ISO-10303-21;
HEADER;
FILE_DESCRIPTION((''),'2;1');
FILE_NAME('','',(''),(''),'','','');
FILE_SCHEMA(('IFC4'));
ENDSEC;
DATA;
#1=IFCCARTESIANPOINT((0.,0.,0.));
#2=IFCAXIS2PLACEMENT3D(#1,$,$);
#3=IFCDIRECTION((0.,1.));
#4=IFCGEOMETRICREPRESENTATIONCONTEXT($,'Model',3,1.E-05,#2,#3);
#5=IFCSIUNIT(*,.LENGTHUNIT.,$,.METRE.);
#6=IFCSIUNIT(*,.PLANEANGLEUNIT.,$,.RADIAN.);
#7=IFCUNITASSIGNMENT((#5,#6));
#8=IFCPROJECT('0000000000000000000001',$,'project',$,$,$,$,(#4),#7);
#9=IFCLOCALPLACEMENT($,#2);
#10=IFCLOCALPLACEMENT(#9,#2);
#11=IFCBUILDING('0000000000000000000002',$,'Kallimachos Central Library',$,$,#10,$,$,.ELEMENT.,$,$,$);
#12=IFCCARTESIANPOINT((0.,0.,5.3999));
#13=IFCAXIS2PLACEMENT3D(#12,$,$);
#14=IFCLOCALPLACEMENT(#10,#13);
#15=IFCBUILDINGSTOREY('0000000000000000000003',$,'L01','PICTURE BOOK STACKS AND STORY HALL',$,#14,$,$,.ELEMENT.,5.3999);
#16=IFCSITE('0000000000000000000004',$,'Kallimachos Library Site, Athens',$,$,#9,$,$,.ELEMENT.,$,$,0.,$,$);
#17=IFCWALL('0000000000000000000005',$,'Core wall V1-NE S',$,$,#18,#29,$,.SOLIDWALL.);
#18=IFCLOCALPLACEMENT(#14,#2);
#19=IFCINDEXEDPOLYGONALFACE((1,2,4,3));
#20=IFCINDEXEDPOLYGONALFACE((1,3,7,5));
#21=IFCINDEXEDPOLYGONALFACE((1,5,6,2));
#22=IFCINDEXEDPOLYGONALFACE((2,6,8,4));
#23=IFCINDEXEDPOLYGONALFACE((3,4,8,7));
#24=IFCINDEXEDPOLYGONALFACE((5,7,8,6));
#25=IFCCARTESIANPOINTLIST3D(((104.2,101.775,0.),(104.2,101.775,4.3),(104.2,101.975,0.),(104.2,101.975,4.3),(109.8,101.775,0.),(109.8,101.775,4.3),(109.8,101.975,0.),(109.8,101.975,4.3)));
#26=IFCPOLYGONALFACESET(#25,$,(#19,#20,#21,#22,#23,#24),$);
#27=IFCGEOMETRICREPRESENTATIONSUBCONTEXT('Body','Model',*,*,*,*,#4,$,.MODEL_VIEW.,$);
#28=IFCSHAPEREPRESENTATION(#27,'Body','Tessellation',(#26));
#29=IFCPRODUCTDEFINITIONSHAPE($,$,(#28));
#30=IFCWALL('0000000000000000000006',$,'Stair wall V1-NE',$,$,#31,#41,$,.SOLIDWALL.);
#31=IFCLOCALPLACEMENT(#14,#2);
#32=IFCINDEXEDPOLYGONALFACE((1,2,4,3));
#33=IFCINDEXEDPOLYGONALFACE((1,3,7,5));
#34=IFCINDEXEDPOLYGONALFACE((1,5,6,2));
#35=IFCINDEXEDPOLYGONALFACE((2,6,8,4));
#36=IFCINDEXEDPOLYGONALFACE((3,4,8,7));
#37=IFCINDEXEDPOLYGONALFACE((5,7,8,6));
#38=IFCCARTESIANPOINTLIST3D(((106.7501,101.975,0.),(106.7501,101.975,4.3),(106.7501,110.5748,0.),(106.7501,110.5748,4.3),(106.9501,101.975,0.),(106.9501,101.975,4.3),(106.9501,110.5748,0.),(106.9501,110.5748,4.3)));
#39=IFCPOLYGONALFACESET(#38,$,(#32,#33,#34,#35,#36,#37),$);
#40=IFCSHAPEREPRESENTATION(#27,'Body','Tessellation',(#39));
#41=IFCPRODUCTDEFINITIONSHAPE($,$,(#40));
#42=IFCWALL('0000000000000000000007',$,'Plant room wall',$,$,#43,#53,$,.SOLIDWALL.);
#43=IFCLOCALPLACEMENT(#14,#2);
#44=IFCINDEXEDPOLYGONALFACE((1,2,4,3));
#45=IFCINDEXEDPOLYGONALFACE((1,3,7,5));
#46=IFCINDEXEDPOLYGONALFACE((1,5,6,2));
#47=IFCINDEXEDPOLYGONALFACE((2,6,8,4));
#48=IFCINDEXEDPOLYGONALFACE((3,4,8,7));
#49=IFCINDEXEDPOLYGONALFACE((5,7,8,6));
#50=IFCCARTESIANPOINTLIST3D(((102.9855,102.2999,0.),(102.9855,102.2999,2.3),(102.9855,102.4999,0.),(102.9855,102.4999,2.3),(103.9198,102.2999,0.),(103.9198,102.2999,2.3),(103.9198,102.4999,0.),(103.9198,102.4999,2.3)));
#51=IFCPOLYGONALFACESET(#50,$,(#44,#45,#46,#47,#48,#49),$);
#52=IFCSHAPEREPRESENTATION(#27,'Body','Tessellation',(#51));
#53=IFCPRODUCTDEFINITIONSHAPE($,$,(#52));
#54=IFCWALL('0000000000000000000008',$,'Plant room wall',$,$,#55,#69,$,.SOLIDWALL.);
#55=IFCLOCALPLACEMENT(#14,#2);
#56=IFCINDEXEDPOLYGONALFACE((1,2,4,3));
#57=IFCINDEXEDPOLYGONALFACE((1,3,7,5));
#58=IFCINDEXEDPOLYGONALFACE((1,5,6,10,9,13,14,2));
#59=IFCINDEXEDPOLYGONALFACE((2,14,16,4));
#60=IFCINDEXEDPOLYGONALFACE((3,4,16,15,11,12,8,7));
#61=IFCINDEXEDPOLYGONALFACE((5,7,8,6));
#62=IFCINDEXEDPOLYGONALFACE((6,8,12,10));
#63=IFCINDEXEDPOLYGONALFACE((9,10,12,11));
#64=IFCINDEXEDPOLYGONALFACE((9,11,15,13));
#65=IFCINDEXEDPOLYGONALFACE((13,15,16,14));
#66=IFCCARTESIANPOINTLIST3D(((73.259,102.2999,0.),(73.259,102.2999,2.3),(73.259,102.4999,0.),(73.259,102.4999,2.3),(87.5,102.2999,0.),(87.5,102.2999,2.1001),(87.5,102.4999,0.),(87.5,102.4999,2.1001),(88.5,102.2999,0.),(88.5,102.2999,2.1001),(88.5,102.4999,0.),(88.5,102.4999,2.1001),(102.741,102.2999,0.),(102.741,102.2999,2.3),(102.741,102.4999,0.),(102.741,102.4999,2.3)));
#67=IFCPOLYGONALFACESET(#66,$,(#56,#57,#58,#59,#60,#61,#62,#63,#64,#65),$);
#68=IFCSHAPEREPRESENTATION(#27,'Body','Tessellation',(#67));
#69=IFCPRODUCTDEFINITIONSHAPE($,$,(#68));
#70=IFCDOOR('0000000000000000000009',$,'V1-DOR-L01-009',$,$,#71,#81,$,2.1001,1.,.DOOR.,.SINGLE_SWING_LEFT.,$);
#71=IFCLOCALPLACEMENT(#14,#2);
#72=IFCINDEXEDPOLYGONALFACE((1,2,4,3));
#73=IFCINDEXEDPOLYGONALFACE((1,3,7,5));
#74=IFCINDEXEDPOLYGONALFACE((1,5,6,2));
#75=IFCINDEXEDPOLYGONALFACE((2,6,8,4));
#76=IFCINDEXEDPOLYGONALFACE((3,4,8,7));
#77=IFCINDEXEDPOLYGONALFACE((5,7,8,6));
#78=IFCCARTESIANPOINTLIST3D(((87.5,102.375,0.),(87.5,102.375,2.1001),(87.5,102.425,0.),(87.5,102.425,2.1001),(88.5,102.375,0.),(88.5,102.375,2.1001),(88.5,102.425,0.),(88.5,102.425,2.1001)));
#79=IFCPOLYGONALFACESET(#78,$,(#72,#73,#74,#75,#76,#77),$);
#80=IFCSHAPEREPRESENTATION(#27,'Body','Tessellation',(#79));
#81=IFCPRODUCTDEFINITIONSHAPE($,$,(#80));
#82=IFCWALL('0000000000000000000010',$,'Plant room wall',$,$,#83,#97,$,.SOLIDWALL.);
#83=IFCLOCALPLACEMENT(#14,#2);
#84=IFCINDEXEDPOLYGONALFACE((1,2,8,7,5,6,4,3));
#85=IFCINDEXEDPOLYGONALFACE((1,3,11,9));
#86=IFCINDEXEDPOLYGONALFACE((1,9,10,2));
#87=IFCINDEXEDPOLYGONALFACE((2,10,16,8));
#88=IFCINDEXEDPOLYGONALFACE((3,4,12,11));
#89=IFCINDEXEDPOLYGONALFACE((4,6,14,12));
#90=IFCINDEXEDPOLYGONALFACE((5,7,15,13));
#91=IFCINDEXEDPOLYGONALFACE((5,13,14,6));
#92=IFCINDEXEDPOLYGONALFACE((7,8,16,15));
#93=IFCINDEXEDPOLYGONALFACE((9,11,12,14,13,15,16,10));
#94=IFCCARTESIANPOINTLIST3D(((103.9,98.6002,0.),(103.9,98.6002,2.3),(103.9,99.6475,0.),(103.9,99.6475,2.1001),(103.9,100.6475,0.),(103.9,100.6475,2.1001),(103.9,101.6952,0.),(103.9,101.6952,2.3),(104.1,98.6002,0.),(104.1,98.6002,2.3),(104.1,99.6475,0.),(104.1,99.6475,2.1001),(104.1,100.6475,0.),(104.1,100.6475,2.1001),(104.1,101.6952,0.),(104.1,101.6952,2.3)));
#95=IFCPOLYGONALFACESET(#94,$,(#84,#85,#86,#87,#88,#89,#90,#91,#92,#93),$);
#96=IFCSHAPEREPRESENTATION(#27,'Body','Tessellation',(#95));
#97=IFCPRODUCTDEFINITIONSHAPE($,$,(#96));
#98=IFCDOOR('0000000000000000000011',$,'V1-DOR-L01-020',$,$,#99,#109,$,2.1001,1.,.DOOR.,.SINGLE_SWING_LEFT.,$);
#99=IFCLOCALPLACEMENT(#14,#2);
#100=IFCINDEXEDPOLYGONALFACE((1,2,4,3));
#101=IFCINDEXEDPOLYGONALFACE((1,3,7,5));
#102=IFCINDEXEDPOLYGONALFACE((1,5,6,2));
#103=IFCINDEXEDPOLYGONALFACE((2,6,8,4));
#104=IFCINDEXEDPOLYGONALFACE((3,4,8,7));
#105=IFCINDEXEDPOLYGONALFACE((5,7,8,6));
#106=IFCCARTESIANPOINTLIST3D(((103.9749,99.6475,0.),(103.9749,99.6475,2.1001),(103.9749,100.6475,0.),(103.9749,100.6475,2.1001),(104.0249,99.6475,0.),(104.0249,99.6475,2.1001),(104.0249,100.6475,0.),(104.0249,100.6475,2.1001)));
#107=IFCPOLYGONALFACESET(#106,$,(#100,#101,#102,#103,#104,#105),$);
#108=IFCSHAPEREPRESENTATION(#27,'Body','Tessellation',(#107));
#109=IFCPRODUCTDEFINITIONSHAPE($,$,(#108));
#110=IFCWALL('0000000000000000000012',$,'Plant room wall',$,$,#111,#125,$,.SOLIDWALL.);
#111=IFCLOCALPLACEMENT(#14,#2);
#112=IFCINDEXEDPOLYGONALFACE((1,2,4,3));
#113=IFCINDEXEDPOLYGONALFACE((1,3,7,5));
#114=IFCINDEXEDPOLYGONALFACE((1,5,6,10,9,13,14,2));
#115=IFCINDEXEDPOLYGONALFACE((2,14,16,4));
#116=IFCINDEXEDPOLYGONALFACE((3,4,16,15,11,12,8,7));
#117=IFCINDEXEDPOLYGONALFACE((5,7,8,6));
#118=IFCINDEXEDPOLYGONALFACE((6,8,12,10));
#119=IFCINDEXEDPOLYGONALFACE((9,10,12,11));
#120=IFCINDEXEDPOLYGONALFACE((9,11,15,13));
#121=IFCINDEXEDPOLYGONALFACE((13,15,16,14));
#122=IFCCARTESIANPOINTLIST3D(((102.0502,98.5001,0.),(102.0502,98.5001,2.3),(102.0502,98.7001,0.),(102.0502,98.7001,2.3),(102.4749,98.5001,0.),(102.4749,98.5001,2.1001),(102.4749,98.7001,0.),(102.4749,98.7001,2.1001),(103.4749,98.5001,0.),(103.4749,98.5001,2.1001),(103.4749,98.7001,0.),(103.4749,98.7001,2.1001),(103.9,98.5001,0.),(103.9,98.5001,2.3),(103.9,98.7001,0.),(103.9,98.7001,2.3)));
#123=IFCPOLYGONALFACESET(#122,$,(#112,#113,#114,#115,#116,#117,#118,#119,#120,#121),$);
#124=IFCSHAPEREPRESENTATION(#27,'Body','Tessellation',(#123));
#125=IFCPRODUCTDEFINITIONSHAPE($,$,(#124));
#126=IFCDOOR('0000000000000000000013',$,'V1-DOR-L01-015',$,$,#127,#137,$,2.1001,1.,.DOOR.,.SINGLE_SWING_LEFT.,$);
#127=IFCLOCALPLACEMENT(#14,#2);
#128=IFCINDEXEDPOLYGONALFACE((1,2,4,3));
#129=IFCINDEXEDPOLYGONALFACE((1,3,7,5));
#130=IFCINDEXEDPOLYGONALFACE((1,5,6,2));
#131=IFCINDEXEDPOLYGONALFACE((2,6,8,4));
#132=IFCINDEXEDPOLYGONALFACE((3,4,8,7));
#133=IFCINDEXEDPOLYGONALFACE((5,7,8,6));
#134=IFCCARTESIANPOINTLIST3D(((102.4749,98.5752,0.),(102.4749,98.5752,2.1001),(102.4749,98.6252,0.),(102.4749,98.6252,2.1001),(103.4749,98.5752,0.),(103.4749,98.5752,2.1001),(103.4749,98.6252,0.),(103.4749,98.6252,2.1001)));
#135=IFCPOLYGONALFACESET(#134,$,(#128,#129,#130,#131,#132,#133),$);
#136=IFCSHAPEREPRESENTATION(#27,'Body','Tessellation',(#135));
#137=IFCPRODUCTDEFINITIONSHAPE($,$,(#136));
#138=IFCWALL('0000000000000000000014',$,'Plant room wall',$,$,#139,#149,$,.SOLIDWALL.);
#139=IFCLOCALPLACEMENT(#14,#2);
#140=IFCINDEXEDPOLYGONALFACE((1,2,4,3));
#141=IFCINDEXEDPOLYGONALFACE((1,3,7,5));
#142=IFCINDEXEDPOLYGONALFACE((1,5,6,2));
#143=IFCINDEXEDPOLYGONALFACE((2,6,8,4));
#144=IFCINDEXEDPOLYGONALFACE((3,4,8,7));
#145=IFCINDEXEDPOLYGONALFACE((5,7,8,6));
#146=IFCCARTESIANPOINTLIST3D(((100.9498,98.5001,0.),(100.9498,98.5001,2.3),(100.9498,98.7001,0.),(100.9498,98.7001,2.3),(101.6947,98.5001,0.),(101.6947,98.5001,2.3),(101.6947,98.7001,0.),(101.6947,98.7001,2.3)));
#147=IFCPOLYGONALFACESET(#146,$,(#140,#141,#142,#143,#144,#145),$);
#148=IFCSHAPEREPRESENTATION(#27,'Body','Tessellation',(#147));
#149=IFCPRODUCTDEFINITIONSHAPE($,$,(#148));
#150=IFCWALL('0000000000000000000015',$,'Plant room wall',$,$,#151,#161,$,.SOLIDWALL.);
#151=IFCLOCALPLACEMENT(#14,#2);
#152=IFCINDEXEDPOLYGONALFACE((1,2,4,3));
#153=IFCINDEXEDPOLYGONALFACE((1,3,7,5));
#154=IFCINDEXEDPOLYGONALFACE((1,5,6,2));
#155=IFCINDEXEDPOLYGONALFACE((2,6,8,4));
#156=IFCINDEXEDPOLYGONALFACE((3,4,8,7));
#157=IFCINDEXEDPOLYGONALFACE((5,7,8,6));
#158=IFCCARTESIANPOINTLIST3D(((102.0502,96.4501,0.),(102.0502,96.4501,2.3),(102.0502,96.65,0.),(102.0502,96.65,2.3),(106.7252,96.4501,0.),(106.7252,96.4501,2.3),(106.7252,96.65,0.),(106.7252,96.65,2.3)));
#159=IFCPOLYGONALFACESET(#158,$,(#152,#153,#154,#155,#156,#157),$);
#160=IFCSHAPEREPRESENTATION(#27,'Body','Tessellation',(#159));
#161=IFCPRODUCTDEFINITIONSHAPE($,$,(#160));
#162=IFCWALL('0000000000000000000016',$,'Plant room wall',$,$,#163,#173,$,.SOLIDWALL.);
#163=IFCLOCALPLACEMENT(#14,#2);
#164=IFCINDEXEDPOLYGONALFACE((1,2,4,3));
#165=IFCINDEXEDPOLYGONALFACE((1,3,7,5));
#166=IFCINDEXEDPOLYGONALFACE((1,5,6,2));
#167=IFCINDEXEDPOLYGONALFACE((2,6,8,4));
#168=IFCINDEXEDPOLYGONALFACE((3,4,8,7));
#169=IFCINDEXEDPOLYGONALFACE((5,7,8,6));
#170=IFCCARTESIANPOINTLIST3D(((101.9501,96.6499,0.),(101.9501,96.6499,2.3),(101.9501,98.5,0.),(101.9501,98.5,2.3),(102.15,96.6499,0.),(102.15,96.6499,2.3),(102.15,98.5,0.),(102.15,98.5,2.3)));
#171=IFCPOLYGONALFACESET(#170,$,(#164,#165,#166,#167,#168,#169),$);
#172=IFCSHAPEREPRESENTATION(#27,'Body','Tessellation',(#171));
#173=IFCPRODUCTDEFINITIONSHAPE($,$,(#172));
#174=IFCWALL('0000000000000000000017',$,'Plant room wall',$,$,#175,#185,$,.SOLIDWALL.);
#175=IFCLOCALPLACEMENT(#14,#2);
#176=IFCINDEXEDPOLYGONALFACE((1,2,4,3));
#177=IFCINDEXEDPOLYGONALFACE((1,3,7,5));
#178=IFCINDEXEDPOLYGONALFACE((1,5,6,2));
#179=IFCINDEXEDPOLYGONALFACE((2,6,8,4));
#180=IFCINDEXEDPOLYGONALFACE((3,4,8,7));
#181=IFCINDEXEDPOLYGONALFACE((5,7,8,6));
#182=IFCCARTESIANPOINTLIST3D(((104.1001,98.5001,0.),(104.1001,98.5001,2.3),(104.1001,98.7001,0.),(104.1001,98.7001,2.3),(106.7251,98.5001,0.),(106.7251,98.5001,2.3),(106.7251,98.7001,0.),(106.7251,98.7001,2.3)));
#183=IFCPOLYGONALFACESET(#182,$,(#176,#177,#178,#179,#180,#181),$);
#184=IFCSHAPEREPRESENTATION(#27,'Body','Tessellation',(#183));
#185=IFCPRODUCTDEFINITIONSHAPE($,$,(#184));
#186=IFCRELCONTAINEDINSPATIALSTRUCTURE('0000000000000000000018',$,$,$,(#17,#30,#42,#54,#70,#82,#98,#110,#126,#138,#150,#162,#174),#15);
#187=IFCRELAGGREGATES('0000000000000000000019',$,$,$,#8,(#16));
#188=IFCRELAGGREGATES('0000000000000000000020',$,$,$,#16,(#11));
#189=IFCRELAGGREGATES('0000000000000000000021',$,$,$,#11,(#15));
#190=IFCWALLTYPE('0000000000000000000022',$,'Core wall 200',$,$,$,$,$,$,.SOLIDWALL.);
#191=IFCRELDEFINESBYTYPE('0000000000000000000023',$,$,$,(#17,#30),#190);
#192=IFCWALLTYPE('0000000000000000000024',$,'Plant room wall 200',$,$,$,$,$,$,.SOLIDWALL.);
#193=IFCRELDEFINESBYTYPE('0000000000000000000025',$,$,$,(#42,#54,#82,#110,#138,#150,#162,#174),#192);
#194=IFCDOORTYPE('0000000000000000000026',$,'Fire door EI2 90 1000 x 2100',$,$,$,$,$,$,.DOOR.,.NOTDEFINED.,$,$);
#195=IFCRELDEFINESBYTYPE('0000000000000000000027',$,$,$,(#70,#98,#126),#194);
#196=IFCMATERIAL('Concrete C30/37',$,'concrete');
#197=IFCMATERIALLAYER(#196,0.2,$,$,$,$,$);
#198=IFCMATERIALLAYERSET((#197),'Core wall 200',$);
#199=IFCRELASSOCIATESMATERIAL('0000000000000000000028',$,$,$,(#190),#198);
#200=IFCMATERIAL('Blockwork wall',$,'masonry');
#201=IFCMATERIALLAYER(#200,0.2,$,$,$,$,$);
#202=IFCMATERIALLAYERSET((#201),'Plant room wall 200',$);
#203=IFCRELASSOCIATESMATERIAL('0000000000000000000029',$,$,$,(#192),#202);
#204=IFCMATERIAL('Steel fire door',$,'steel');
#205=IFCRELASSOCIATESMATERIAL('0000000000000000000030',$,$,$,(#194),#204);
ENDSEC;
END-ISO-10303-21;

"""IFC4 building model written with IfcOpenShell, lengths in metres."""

from ifc_helpers import new_model, si_unit, direction, frame, frame_2d, origin, place, context, subcontext, project, spatial, rectangle, extrude, material, layer, layer_set, type_object, element, fill, save


model = new_model("IFC4")

# Units and contexts
model_context = context("Model", 3, precision=1e-05, world=origin(), true_north=direction((0.0, 1.0)))
body_context = subcontext(model_context, "Body", "Model", "MODEL_VIEW")
ifc_project = project(units=[si_unit("LENGTHUNIT", "METRE"), si_unit("PLANEANGLEUNIT", "RADIAN")], contexts=[model_context])

# Site, building, storey
site_placement = place(None, origin())
site = spatial("IfcSite", under=ifc_project, at=site_placement, Name="Kallimachos Library Site, Athens", CompositionType="ELEMENT", RefElevation=0.0)
building_placement = place(site_placement, origin())
building = spatial("IfcBuilding", under=site, at=building_placement, Name="Kallimachos Central Library", CompositionType="ELEMENT")
storey_placement = place(building_placement, frame((0.0, 0.0, 5.3999)))
storey = spatial("IfcBuildingStorey", under=building, at=storey_placement, Name="L01", Description="PICTURE BOOK STACKS AND STORY HALL", CompositionType="ELEMENT", Elevation=5.3999)

# Shared definitions
ifc_material_1 = material(Name="Concrete C30/37", Category="concrete")
ifc_layer_1 = layer(ifc_material_1, 0.2)
ifc_layer_set_1 = layer_set([ifc_layer_1], Name="Core wall 200")
wall_type_1 = type_object("IfcWallType", Name="Core wall 200", PredefinedType="SOLIDWALL", material=ifc_layer_set_1)

# Walls
wall_1_placement = place(storey_placement, frame((104.2, 101.875, 0.0), z_axis=(0.0, 0.0, 1.0), x_axis=(1.0, 0.0, 0.0)))
element("IfcWall", 1, at=wall_1_placement, inside=storey, type_object=wall_type_1, Name="Core wall V1-NE S", PredefinedType="SOLIDWALL", context=body_context, shape_type="SweptSolid", body=[
    extrude(rectangle(XDim=5.6001, YDim=0.2, at=frame_2d((2.8, 0.0))), origin(), (0.0, 0.0, 1.0), 4.3),
])
wall_2_placement = place(storey_placement, frame((106.8501, 101.9751, 0.0), z_axis=(0.0, 0.0, 1.0), x_axis=(0.0, 1.0, 0.0)))
element("IfcWall", 2, at=wall_2_placement, inside=storey, type_object=wall_type_1, Name="Stair wall V1-NE", PredefinedType="SOLIDWALL", context=body_context, shape_type="SweptSolid", body=[
    extrude(rectangle(XDim=8.5999, YDim=0.2, at=frame_2d((4.2998, 0.0))), origin(), (0.0, 0.0, 1.0), 4.3),
])
ifc_material_2 = material(Name="Blockwork wall", Category="masonry")
ifc_layer_2 = layer(ifc_material_2, 0.2)
ifc_layer_set_2 = layer_set([ifc_layer_2], Name="Plant room wall 200")
wall_type_2 = type_object("IfcWallType", Name="Plant room wall 200", PredefinedType="SOLIDWALL", material=ifc_layer_set_2)
wall_3_placement = place(storey_placement, frame((103.9199, 102.3999, 0.0), z_axis=(0.0, 0.0, 1.0), x_axis=(-1.0, 0.0, 0.0)))
element("IfcWall", 3, at=wall_3_placement, inside=storey, type_object=wall_type_2, Name="Plant room wall", PredefinedType="SOLIDWALL", context=body_context, shape_type="SweptSolid", body=[
    extrude(rectangle(XDim=0.9343, YDim=0.2, at=frame_2d((0.4673, 0.0))), origin(), (0.0, 0.0, 1.0), 2.3),
])

# Walls, openings, doors
wall_4_placement = place(storey_placement, frame((102.741, 102.3999, 0.0), z_axis=(0.0, 0.0, 1.0), x_axis=(-1.0, 0.0, 0.0)))
wall_4 = element("IfcWall", 4, at=wall_4_placement, inside=storey, type_object=wall_type_2, Name="Plant room wall", PredefinedType="SOLIDWALL", context=body_context, shape_type="SweptSolid", body=[
    extrude(rectangle(XDim=29.4819, YDim=0.2, at=frame_2d((14.741, 0.0))), origin(), (0.0, 0.0, 1.0), 2.3),
])
opening_1_placement = place(wall_4_placement, frame((14.241, 0.0, 0.0)))
opening_1 = element("IfcOpeningElement", 5, at=opening_1_placement, cuts=wall_4, PredefinedType="OPENING", context=body_context, shape_type="SweptSolid", body=[
    extrude(rectangle(XDim=1.0, YDim=2.1001, at=frame_2d((0.5, 1.05))), frame((0.0, 0.1099, 0.0), z_axis=(0.0, -1.0, 0.0), x_axis=(1.0, 0.0, 0.0)), (0.0, 0.0, 1.0), 0.22),
])
ifc_material_3 = material(Name="Steel fire door", Category="steel")
door_type_1 = type_object("IfcDoorType", Name="Fire door EI2 90 1000 x 2100", OperationType="NOTDEFINED", PredefinedType="DOOR", material=ifc_material_3)
door_1_placement = place(opening_1_placement, origin())
door_1 = element("IfcDoor", 6, at=door_1_placement, inside=storey, type_object=door_type_1, Name="V1-DOR-L01-009", OperationType="SINGLE_SWING_LEFT", OverallHeight=2.1001, OverallWidth=1.0, PredefinedType="DOOR", context=body_context, shape_type="SweptSolid", body=[
    extrude(rectangle(XDim=1.0, YDim=2.1001, at=frame_2d((0.5, 1.05))), frame((0.0, 0.0249, 0.0), z_axis=(0.0, -1.0, 0.0), x_axis=(1.0, 0.0, 0.0)), (0.0, 0.0, 1.0), 0.05),
])
fill(opening_1, door_1)
wall_5_placement = place(storey_placement, frame((104.0, 101.6951, 0.0), z_axis=(0.0, 0.0, 1.0), x_axis=(0.0, -1.0, 0.0)))
wall_5 = element("IfcWall", 7, at=wall_5_placement, inside=storey, type_object=wall_type_2, Name="Plant room wall", PredefinedType="SOLIDWALL", context=body_context, shape_type="SweptSolid", body=[
    extrude(rectangle(XDim=3.095, YDim=0.2, at=frame_2d((1.5474, 0.0))), origin(), (0.0, 0.0, 1.0), 2.3),
])
opening_2_placement = place(wall_5_placement, frame((1.0476, 0.0, 0.0)))
opening_2 = element("IfcOpeningElement", 8, at=opening_2_placement, cuts=wall_5, PredefinedType="OPENING", context=body_context, shape_type="SweptSolid", body=[
    extrude(rectangle(XDim=1.0, YDim=2.1001, at=frame_2d((0.5, 1.05))), frame((0.0, 0.1099, 0.0), z_axis=(0.0, -1.0, 0.0), x_axis=(1.0, 0.0, 0.0)), (0.0, 0.0, 1.0), 0.22),
])
door_2_placement = place(opening_2_placement, origin())
door_2 = element("IfcDoor", 9, at=door_2_placement, inside=storey, type_object=door_type_1, Name="V1-DOR-L01-020", OperationType="SINGLE_SWING_LEFT", OverallHeight=2.1001, OverallWidth=1.0, PredefinedType="DOOR", context=body_context, shape_type="SweptSolid", body=[
    extrude(rectangle(XDim=1.0, YDim=2.1001, at=frame_2d((0.5, 1.05))), frame((0.0, 0.0249, 0.0), z_axis=(0.0, -1.0, 0.0), x_axis=(1.0, 0.0, 0.0)), (0.0, 0.0, 1.0), 0.05),
])
fill(opening_2, door_2)
wall_6_placement = place(storey_placement, frame((103.8999, 98.6001, 0.0), z_axis=(0.0, 0.0, 1.0), x_axis=(-1.0, 0.0, 0.0)))
wall_6 = element("IfcWall", 10, at=wall_6_placement, inside=storey, type_object=wall_type_2, Name="Plant room wall", PredefinedType="SOLIDWALL", context=body_context, shape_type="SweptSolid", body=[
    extrude(rectangle(XDim=1.8499, YDim=0.2, at=frame_2d((0.9248, 0.0))), origin(), (0.0, 0.0, 1.0), 2.3),
])
opening_3_placement = place(wall_6_placement, frame((0.425, 0.0, 0.0)))
opening_3 = element("IfcOpeningElement", 11, at=opening_3_placement, cuts=wall_6, PredefinedType="OPENING", context=body_context, shape_type="SweptSolid", body=[
    extrude(rectangle(XDim=1.0, YDim=2.1001, at=frame_2d((0.5, 1.05))), frame((0.0, 0.1099, 0.0), z_axis=(0.0, -1.0, 0.0), x_axis=(1.0, 0.0, 0.0)), (0.0, 0.0, 1.0), 0.22),
])
door_3_placement = place(opening_3_placement, origin())
door_3 = element("IfcDoor", 12, at=door_3_placement, inside=storey, type_object=door_type_1, Name="V1-DOR-L01-015", OperationType="SINGLE_SWING_LEFT", OverallHeight=2.1001, OverallWidth=1.0, PredefinedType="DOOR", context=body_context, shape_type="SweptSolid", body=[
    extrude(rectangle(XDim=1.0, YDim=2.1001, at=frame_2d((0.5, 1.05))), frame((0.0, 0.0249, 0.0), z_axis=(0.0, -1.0, 0.0), x_axis=(1.0, 0.0, 0.0)), (0.0, 0.0, 1.0), 0.05),
])
fill(opening_3, door_3)

# Walls
wall_7_placement = place(storey_placement, frame((101.6948, 98.6001, 0.0), z_axis=(0.0, 0.0, 1.0), x_axis=(-1.0, 0.0, 0.0)))
element("IfcWall", 13, at=wall_7_placement, inside=storey, type_object=wall_type_2, Name="Plant room wall", PredefinedType="SOLIDWALL", context=body_context, shape_type="SweptSolid", body=[
    extrude(rectangle(XDim=0.7449, YDim=0.2, at=frame_2d((0.3726, 0.0))), origin(), (0.0, 0.0, 1.0), 2.3),
])
wall_8_placement = place(storey_placement, frame((106.7251, 96.55, 0.0), z_axis=(0.0, 0.0, 1.0), x_axis=(-1.0, 0.0, 0.0)))
element("IfcWall", 14, at=wall_8_placement, inside=storey, type_object=wall_type_2, Name="Plant room wall", PredefinedType="SOLIDWALL", context=body_context, shape_type="SweptSolid", body=[
    extrude(rectangle(XDim=4.675, YDim=0.2, at=frame_2d((2.3374, 0.0))), origin(), (0.0, 0.0, 1.0), 2.3),
])
wall_9_placement = place(storey_placement, frame((102.05, 96.6499, 0.0), z_axis=(0.0, 0.0, 1.0), x_axis=(0.0, 1.0, 0.0)))
element("IfcWall", 15, at=wall_9_placement, inside=storey, type_object=wall_type_2, Name="Plant room wall", PredefinedType="SOLIDWALL", context=body_context, shape_type="SweptSolid", body=[
    extrude(rectangle(XDim=1.8501, YDim=0.2, at=frame_2d((0.925, 0.0))), origin(), (0.0, 0.0, 1.0), 2.3),
])
wall_10_placement = place(storey_placement, frame((104.1001, 98.6001, 0.0), z_axis=(0.0, 0.0, 1.0), x_axis=(1.0, 0.0, 0.0)))
element("IfcWall", 16, at=wall_10_placement, inside=storey, type_object=wall_type_2, Name="Plant room wall", PredefinedType="SOLIDWALL", context=body_context, shape_type="SweptSolid", body=[
    extrude(rectangle(XDim=2.625, YDim=0.2, at=frame_2d((1.3125, 0.0))), origin(), (0.0, 0.0, 1.0), 2.3),
])

save(model, "model.ifc")
